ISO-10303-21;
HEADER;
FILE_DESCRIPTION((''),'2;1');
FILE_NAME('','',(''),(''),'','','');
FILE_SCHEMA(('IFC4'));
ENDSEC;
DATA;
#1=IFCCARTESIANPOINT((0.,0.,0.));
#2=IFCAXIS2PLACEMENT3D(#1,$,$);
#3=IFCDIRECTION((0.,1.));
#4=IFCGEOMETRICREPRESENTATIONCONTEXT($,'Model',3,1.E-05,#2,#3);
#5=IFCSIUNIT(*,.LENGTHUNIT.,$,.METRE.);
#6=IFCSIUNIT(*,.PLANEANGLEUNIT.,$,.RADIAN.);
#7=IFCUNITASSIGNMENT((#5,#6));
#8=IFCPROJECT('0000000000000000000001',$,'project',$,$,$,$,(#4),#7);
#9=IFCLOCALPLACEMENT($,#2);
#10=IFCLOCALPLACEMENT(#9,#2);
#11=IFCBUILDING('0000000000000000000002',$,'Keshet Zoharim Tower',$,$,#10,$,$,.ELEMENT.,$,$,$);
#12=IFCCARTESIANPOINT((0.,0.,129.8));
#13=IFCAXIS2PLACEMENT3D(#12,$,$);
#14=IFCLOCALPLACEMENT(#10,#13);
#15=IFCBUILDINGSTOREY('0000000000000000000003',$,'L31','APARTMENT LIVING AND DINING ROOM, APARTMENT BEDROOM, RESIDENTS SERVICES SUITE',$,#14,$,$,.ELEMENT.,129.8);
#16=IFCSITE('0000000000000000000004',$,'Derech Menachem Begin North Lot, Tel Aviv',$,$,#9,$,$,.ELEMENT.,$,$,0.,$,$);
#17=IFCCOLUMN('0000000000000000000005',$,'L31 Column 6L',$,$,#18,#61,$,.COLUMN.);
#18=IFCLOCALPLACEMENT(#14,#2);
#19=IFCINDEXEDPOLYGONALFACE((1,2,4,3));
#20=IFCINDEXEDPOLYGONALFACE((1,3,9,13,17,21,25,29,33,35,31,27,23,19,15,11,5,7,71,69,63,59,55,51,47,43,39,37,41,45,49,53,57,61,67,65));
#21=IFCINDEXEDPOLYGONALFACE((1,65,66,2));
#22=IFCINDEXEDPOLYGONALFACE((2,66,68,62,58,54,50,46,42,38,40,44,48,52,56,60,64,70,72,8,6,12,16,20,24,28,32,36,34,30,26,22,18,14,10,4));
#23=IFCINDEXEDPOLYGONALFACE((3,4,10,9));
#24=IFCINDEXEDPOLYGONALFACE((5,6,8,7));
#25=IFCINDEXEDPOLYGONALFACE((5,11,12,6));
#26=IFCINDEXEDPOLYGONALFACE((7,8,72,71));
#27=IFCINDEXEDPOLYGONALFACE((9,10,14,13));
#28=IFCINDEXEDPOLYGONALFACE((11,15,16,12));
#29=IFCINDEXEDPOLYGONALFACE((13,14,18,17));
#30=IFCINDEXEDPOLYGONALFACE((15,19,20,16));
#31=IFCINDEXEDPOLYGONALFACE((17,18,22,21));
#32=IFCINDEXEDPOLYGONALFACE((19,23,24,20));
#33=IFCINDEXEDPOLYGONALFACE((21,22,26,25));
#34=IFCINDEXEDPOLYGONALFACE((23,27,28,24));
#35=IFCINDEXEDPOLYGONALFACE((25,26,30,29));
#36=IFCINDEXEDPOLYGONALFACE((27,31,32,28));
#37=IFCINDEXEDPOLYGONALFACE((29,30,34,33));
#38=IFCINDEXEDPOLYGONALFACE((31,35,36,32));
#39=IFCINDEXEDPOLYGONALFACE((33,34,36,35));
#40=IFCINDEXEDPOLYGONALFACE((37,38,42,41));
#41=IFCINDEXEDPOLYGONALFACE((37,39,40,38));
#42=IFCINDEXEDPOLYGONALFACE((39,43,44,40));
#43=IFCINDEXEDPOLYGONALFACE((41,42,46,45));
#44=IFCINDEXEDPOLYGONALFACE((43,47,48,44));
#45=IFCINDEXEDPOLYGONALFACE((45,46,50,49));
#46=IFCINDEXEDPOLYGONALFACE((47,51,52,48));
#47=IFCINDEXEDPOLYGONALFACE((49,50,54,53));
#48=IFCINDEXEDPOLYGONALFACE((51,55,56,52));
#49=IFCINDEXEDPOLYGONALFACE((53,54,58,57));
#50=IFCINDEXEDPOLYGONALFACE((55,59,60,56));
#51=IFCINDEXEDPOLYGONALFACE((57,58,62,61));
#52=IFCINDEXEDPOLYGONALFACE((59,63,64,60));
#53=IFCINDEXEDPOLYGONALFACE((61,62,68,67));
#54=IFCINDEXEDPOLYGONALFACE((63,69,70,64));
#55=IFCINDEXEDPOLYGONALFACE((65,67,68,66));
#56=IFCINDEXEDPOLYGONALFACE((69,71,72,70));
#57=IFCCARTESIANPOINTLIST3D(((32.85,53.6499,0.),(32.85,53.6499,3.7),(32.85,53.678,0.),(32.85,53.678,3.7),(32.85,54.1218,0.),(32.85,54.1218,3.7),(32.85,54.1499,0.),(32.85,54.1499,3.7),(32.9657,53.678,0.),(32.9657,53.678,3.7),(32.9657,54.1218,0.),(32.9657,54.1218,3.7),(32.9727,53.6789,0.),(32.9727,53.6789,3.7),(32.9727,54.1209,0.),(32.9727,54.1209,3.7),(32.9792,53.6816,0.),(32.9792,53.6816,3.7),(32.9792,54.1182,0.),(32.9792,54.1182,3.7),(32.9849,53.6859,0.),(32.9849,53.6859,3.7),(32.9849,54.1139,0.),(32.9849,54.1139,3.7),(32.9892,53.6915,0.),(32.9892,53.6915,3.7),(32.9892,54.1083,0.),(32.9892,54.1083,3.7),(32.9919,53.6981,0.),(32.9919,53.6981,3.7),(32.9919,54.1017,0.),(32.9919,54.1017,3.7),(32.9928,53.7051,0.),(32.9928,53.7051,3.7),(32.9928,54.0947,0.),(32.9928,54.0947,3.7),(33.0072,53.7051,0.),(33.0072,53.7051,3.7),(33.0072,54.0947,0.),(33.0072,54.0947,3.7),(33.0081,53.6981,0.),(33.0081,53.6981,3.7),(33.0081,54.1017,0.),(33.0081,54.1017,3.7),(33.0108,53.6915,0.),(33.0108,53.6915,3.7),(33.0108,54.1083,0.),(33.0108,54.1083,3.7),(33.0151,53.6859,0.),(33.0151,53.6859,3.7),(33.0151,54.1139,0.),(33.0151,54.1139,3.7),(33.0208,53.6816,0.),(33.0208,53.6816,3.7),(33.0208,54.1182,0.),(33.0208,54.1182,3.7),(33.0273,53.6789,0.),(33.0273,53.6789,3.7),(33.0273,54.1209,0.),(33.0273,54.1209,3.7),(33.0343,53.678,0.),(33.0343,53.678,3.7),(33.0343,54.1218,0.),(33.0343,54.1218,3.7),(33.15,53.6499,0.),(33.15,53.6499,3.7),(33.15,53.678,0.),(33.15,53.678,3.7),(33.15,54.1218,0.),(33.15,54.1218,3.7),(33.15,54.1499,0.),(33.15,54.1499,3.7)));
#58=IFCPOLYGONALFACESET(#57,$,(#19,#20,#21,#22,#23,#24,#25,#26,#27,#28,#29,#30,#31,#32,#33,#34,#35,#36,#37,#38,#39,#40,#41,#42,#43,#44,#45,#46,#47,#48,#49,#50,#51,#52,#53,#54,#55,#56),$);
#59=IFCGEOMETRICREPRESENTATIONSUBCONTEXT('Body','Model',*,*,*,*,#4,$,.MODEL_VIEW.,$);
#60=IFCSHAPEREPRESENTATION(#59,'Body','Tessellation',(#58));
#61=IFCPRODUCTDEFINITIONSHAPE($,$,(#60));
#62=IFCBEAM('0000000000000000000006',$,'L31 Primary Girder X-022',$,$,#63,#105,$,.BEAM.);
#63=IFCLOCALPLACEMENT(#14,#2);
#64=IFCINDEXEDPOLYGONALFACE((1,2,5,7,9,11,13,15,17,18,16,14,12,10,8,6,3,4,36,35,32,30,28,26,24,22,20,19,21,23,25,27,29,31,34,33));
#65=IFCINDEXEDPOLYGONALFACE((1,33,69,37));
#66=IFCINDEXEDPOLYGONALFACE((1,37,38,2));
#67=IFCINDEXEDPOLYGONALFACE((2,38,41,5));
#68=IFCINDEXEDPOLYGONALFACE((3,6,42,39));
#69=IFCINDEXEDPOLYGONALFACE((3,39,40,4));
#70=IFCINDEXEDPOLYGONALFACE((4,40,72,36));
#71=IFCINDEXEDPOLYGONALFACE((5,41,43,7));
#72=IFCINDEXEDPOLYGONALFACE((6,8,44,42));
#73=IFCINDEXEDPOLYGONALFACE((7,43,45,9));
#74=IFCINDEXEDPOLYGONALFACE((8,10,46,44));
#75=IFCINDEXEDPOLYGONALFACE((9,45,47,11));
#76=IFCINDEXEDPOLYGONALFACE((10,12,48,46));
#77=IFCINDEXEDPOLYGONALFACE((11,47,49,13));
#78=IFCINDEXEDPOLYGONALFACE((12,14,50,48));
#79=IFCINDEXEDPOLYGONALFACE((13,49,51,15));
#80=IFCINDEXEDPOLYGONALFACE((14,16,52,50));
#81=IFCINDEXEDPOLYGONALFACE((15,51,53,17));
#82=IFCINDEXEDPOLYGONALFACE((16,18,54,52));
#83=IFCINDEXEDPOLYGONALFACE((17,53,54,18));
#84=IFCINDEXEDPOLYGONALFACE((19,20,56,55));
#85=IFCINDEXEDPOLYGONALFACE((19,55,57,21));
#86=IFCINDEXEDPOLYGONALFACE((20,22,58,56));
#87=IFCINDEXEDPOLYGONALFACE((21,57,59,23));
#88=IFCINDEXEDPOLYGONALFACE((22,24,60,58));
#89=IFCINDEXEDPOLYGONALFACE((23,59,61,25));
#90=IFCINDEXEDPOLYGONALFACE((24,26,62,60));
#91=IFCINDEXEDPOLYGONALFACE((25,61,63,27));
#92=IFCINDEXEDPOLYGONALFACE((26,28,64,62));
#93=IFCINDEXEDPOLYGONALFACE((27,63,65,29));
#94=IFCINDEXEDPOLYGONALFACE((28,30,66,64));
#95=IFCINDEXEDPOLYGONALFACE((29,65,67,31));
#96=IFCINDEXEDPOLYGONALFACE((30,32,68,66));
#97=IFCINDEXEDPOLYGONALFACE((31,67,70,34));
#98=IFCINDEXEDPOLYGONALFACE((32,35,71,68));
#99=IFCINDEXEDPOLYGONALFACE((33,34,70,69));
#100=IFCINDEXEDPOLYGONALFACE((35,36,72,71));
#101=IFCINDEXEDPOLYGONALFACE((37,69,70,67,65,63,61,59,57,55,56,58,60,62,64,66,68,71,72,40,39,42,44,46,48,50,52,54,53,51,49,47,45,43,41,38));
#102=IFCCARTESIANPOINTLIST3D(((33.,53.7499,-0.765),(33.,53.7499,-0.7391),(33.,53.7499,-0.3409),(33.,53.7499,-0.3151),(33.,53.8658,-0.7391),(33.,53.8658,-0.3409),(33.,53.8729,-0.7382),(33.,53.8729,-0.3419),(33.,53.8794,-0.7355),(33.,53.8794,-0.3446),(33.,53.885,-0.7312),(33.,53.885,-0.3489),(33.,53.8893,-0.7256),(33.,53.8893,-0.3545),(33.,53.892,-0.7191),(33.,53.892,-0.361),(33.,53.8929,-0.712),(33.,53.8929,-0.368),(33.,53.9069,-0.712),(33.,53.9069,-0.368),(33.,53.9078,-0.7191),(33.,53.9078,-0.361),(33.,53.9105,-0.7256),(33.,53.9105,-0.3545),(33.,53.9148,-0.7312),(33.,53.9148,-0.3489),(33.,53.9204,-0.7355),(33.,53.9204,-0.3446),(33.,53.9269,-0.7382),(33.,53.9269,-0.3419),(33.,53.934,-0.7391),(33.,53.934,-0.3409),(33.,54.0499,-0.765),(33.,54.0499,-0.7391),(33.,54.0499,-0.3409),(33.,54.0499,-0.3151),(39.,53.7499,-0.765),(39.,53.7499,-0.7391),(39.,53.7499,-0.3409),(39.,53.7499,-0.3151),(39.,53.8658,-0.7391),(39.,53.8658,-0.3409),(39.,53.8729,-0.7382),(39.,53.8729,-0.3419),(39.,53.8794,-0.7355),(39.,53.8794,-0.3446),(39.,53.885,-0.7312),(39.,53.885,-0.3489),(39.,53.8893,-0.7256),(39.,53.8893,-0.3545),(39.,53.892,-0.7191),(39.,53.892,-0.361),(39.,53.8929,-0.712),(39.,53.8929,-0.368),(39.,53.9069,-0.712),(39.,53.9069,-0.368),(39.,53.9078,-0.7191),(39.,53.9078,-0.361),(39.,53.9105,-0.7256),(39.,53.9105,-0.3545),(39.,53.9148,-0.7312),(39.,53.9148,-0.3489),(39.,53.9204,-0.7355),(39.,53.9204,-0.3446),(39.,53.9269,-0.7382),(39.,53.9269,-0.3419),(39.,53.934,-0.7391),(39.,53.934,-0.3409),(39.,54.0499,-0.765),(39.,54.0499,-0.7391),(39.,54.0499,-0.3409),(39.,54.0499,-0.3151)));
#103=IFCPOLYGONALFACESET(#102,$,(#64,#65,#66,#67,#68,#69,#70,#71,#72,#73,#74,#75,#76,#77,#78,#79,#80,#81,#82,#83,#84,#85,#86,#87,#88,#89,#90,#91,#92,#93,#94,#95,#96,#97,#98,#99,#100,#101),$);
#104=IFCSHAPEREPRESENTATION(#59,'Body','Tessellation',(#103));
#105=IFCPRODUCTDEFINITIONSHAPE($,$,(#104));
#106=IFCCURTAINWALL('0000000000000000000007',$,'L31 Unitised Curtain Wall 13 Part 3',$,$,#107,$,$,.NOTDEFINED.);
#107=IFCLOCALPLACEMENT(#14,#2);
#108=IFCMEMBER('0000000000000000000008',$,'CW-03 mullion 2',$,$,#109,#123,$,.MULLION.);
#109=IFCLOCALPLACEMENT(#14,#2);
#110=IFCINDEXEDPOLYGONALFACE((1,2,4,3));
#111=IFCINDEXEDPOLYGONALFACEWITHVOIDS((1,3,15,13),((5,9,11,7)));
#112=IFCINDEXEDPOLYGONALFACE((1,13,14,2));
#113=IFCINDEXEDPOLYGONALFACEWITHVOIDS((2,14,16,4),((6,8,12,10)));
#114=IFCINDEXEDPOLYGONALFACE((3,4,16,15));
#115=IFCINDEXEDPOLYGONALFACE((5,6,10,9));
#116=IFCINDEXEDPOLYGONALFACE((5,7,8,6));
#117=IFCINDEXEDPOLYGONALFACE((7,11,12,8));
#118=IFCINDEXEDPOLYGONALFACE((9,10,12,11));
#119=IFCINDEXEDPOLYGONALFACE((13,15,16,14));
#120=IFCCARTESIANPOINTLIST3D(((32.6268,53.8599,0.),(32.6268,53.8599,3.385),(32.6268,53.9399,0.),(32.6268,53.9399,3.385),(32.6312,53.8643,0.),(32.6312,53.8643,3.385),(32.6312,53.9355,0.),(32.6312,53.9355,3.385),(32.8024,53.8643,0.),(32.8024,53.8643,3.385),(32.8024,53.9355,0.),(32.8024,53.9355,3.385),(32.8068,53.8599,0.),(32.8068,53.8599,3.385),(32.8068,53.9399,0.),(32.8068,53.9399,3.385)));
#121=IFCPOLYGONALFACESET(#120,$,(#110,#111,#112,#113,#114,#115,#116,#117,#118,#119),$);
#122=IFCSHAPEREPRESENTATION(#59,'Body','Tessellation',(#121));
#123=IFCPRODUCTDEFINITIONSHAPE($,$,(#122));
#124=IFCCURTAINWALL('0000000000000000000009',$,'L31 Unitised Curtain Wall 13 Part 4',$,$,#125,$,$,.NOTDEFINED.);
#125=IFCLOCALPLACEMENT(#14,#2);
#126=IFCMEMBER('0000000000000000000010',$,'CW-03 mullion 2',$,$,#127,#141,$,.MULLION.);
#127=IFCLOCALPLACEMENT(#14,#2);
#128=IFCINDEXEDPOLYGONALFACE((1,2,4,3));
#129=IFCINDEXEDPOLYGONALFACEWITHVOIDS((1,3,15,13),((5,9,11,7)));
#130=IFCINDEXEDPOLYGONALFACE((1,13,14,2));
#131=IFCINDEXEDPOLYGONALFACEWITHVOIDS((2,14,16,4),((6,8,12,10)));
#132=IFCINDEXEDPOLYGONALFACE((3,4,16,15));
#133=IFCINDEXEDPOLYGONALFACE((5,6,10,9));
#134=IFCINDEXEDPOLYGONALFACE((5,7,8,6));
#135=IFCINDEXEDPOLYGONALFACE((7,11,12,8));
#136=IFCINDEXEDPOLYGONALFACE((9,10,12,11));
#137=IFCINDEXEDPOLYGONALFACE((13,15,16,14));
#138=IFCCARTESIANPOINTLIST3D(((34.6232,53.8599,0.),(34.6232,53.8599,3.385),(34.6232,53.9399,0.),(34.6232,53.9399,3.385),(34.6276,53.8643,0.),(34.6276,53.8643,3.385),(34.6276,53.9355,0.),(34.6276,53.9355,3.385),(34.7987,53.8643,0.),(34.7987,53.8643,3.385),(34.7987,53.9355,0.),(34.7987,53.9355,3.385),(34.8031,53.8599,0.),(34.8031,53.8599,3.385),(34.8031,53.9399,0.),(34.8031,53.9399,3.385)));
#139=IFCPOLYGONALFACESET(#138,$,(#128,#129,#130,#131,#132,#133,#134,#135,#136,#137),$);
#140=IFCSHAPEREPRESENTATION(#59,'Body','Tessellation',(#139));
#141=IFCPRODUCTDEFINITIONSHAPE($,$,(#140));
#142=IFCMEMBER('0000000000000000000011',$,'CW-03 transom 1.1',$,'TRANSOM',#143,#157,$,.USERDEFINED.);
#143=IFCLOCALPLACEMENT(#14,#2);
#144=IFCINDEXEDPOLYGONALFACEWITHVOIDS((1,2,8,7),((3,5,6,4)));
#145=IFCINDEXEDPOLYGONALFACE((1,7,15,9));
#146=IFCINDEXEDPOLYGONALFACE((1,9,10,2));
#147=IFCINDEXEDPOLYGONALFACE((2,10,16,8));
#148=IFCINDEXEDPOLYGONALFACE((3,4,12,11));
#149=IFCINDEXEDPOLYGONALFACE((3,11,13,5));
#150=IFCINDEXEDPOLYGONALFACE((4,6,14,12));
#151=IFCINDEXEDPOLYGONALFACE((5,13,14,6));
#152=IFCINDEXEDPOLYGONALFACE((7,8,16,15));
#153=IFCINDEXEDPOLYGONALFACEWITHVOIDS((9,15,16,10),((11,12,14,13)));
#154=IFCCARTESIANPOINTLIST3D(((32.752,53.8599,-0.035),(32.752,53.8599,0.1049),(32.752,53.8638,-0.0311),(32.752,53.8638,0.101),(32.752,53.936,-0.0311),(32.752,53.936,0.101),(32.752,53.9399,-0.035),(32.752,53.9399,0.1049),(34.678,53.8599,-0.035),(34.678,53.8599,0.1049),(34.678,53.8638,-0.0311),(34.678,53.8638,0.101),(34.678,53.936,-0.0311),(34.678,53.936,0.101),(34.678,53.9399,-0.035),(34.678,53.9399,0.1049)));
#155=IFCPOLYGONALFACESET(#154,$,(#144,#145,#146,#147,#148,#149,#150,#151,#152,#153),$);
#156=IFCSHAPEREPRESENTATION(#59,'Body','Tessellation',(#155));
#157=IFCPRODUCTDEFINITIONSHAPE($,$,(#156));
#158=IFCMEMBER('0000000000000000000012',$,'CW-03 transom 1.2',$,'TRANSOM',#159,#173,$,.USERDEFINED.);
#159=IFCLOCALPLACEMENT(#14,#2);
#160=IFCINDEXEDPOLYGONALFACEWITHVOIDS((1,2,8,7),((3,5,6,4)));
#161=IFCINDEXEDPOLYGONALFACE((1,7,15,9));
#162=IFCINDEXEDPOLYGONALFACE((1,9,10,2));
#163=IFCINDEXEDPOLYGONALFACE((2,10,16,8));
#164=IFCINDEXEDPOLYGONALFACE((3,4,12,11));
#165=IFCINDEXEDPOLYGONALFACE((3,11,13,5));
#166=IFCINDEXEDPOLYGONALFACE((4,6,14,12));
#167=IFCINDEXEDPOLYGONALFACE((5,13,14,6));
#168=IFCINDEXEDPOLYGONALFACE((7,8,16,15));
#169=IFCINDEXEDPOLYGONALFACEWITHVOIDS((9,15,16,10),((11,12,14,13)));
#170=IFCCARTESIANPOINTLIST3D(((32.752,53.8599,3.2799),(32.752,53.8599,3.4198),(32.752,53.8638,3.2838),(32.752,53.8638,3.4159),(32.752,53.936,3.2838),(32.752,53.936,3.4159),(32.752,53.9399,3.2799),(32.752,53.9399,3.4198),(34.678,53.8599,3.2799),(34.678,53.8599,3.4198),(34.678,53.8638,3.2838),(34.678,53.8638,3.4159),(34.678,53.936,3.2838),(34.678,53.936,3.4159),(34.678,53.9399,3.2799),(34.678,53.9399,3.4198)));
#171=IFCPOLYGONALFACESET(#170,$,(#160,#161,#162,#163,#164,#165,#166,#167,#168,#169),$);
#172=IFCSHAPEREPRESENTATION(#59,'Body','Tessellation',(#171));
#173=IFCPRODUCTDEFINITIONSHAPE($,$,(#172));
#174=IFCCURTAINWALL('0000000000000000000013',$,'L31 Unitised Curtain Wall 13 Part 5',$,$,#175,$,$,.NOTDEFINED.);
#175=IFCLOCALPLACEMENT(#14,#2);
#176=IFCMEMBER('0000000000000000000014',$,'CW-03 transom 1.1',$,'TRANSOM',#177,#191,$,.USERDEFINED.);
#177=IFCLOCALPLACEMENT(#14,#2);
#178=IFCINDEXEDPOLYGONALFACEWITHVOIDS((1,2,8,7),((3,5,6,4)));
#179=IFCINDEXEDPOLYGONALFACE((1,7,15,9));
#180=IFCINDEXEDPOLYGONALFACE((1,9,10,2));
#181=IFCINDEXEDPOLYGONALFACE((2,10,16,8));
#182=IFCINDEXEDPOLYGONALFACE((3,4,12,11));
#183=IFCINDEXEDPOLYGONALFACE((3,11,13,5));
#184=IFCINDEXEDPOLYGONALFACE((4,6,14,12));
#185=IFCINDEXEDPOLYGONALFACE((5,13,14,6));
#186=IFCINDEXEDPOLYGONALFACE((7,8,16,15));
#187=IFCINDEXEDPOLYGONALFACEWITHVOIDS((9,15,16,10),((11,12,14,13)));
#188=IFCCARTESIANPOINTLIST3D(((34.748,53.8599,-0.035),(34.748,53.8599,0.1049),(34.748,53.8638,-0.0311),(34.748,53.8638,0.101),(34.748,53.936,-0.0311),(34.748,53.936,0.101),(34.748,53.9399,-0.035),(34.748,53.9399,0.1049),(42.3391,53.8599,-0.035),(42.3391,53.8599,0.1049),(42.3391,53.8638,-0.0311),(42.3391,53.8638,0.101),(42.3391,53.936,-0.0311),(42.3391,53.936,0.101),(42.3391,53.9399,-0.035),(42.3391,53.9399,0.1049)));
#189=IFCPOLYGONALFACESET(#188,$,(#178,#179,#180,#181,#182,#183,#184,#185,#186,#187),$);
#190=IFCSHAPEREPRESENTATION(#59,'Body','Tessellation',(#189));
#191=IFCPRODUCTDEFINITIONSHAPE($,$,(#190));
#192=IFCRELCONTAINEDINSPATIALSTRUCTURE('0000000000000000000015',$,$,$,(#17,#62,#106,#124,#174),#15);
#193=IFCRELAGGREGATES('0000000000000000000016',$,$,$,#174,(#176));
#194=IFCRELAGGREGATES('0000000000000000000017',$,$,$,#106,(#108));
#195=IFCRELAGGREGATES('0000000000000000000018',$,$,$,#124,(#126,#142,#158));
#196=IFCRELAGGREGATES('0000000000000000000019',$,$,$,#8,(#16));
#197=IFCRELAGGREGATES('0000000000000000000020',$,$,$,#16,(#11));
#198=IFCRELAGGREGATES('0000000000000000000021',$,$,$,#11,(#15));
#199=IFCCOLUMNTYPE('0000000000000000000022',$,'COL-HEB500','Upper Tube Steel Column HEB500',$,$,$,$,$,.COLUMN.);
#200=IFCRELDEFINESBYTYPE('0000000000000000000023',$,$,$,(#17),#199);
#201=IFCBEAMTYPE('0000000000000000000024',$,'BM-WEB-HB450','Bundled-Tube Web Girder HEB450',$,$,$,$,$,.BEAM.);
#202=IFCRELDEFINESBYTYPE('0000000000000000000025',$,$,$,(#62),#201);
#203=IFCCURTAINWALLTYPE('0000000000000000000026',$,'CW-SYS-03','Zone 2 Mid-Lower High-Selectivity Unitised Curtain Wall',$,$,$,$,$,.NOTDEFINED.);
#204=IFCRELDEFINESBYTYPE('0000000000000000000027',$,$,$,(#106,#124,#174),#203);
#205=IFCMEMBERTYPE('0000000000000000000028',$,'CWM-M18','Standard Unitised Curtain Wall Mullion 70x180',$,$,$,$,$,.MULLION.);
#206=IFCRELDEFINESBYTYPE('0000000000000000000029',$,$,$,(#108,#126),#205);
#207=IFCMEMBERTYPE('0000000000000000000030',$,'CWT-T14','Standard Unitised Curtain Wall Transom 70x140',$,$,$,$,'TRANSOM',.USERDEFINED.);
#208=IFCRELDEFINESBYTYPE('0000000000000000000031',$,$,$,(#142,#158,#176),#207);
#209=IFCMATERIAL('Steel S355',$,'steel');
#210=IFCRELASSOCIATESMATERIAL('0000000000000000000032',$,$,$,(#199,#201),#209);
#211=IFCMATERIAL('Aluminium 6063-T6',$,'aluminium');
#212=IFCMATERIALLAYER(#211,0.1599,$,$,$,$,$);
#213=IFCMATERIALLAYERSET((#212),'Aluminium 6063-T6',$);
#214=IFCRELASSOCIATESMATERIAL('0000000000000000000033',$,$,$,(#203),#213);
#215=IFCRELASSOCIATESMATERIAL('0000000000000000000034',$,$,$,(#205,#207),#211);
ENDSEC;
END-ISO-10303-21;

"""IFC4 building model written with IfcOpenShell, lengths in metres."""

from ifc_helpers import new_model, si_unit, direction, frame, origin, origin_2d, place, context, subcontext, project, spatial, hollow_rectangle, i_section, extrude, material, layer, layer_set, material_profile, profile_set, type_object, element, aggregate, save


model = new_model("IFC4")

# Units and contexts
model_context = context("Model", 3, precision=1e-05, world=origin(), true_north=direction((0.0, 1.0)))
body_context = subcontext(model_context, "Body", "Model", "MODEL_VIEW")
ifc_project = project(units=[si_unit("LENGTHUNIT", "METRE"), si_unit("PLANEANGLEUNIT", "RADIAN")], contexts=[model_context])

# Site, building, storey
site_placement = place(None, origin())
site = spatial("IfcSite", under=ifc_project, at=site_placement, Name="Derech Menachem Begin North Lot, Tel Aviv", CompositionType="ELEMENT", RefElevation=0.0)
building_placement = place(site_placement, origin())
building = spatial("IfcBuilding", under=site, at=building_placement, Name="Keshet Zoharim Tower", CompositionType="ELEMENT")
storey_placement = place(building_placement, frame((0.0, 0.0, 129.8)))
storey = spatial("IfcBuildingStorey", under=building, at=storey_placement, Name="L31", Description="APARTMENT LIVING AND DINING ROOM, APARTMENT BEDROOM, RESIDENTS SERVICES SUITE", CompositionType="ELEMENT", Elevation=129.8)

# Column
ifc_material_1 = material(Name="Steel S355", Category="steel")
ifc_material_profile_1 = material_profile(ifc_material_1, i_section(OverallWidth=0.3, OverallDepth=0.5, WebThickness=0.0144, FlangeThickness=0.0281, FilletRadius=0.0271, at=origin_2d()), Name="HEB500")
ifc_profile_set_1 = profile_set([ifc_material_profile_1], Name="Steel S355")
column_type = type_object("IfcColumnType", Name="COL-HEB500", Description="Upper Tube Steel Column HEB500", PredefinedType="COLUMN", material=ifc_profile_set_1)
column_placement = place(storey_placement, frame((33.0, 53.8999, 0.0), z_axis=(0.0, 0.0, 1.0), x_axis=(1.0, 0.0, 0.0)))
element("IfcColumn", 1, at=column_placement, inside=storey, type_object=column_type, Name="L31 Column 6L", PredefinedType="COLUMN", context=body_context, shape_type="SweptSolid", body=[
    extrude(i_section(OverallWidth=0.3, OverallDepth=0.5, WebThickness=0.0144, FlangeThickness=0.0281, FilletRadius=0.0271, at=origin_2d()), origin(), (0.0, 0.0, 1.0), 3.7),
])

# Beam
ifc_material_profile_2 = material_profile(ifc_material_1, i_section(OverallWidth=0.3, OverallDepth=0.45, WebThickness=0.0139, FlangeThickness=0.0259, FilletRadius=0.0271, at=origin_2d()), Name="HEB450")
ifc_profile_set_2 = profile_set([ifc_material_profile_2], Name="Steel S355")
beam_type = type_object("IfcBeamType", Name="BM-WEB-HB450", Description="Bundled-Tube Web Girder HEB450", PredefinedType="BEAM", material=ifc_profile_set_2)
beam_placement = place(storey_placement, frame((33.0, 53.8999, -0.54), z_axis=(1.0, 0.0, 0.0), x_axis=(0.0, 1.0, 0.0)))
element("IfcBeam", 2, at=beam_placement, inside=storey, type_object=beam_type, Name="L31 Primary Girder X-022", PredefinedType="BEAM", context=body_context, shape_type="SweptSolid", body=[
    extrude(i_section(OverallWidth=0.3, OverallDepth=0.45, WebThickness=0.0139, FlangeThickness=0.0259, FilletRadius=0.0271, at=origin_2d()), origin(), (0.0, 0.0, 1.0), 6.0),
])

# Curtain wall, member
ifc_material_2 = material(Name="Aluminium 6063-T6", Category="aluminium")
ifc_layer_1 = layer(ifc_material_2, 0.1599)
ifc_layer_set_1 = layer_set([ifc_layer_1], Name="Aluminium 6063-T6")
curtain_wall_type = type_object("IfcCurtainWallType", Name="CW-SYS-03", Description="Zone 2 Mid-Lower High-Selectivity Unitised Curtain Wall", PredefinedType="NOTDEFINED", material=ifc_layer_set_1)
curtain_wall_1_placement = place(storey_placement, origin())
curtain_wall_1 = element("IfcCurtainWall", 3, at=curtain_wall_1_placement, inside=storey, type_object=curtain_wall_type, Name="L31 Unitised Curtain Wall 13 Part 3", PredefinedType="NOTDEFINED")
ifc_material_profile_3 = material_profile(ifc_material_2, hollow_rectangle(XDim=0.0801, YDim=0.1799, WallThickness=0.0044, at=origin_2d()), Name="MUL-80x180")
ifc_profile_set_3 = profile_set([ifc_material_profile_3], Name="Aluminium 6063-T6")
member_type_1 = type_object("IfcMemberType", Name="CWM-M18", Description="Standard Unitised Curtain Wall Mullion 70x180", PredefinedType="MULLION", material=ifc_profile_set_3)
member_1_placement = place(storey_placement, frame((32.7168, 53.8999, 0.0), z_axis=(0.0, 0.0, 1.0), x_axis=(0.0, 1.0, 0.0)))
member_1 = element("IfcMember", 4, at=member_1_placement, type_object=member_type_1, Name="CW-03 mullion 2", PredefinedType="MULLION", context=body_context, shape_type="SweptSolid", body=[
    extrude(hollow_rectangle(XDim=0.0801, YDim=0.1799, WallThickness=0.0044, at=origin_2d()), origin(), (0.0, 0.0, 1.0), 3.385),
])

# Curtain wall, members
curtain_wall_2_placement = place(storey_placement, origin())
curtain_wall_2 = element("IfcCurtainWall", 5, at=curtain_wall_2_placement, inside=storey, type_object=curtain_wall_type, Name="L31 Unitised Curtain Wall 13 Part 4", PredefinedType="NOTDEFINED")
member_2_placement = place(storey_placement, frame((34.7131, 53.8999, 0.0), z_axis=(0.0, 0.0, 1.0), x_axis=(0.0, 1.0, 0.0)))
member_2 = element("IfcMember", 6, at=member_2_placement, type_object=member_type_1, Name="CW-03 mullion 2", PredefinedType="MULLION", context=body_context, shape_type="SweptSolid", body=[
    extrude(hollow_rectangle(XDim=0.0801, YDim=0.1799, WallThickness=0.0044, at=origin_2d()), origin(), (0.0, 0.0, 1.0), 3.385),
])
ifc_material_profile_4 = material_profile(ifc_material_2, hollow_rectangle(XDim=0.0801, YDim=0.1399, WallThickness=0.0039, at=origin_2d()), Name="TRN-80x140")
ifc_profile_set_4 = profile_set([ifc_material_profile_4], Name="Aluminium 6063-T6")
member_type_2 = type_object("IfcMemberType", Name="CWT-T14", Description="Standard Unitised Curtain Wall Transom 70x140", ElementType="TRANSOM", PredefinedType="USERDEFINED", material=ifc_profile_set_4)
member_3_placement = place(storey_placement, frame((32.752, 53.8999, 0.0349), z_axis=(1.0, 0.0, 0.0), x_axis=(0.0, 1.0, 0.0)))
member_3 = element("IfcMember", 7, at=member_3_placement, type_object=member_type_2, Name="CW-03 transom 1.1", ObjectType="TRANSOM", PredefinedType="USERDEFINED", context=body_context, shape_type="SweptSolid", body=[
    extrude(hollow_rectangle(XDim=0.0801, YDim=0.1399, WallThickness=0.0039, at=origin_2d()), origin(), (0.0, 0.0, 1.0), 1.926),
])
member_4_placement = place(storey_placement, frame((32.752, 53.8999, 3.3499), z_axis=(1.0, 0.0, 0.0), x_axis=(0.0, 1.0, 0.0)))
member_4 = element("IfcMember", 8, at=member_4_placement, type_object=member_type_2, Name="CW-03 transom 1.2", ObjectType="TRANSOM", PredefinedType="USERDEFINED", context=body_context, shape_type="SweptSolid", body=[
    extrude(hollow_rectangle(XDim=0.0801, YDim=0.1399, WallThickness=0.0039, at=origin_2d()), origin(), (0.0, 0.0, 1.0), 1.926),
])

# Curtain wall, member
curtain_wall_3_placement = place(storey_placement, origin())
curtain_wall_3 = element("IfcCurtainWall", 9, at=curtain_wall_3_placement, inside=storey, type_object=curtain_wall_type, Name="L31 Unitised Curtain Wall 13 Part 5", PredefinedType="NOTDEFINED")
member_5_placement = place(storey_placement, frame((34.748, 53.8999, 0.0349), z_axis=(1.0, 0.0, 0.0), x_axis=(0.0, 1.0, 0.0)))
member_5 = element("IfcMember", 10, at=member_5_placement, type_object=member_type_2, Name="CW-03 transom 1.1", ObjectType="TRANSOM", PredefinedType="USERDEFINED", context=body_context, shape_type="SweptSolid", body=[
    extrude(hollow_rectangle(XDim=0.0801, YDim=0.1399, WallThickness=0.0039, at=origin_2d()), origin(), (0.0, 0.0, 1.0), 7.5911),
])
aggregate(curtain_wall_3, [member_5])

aggregate(curtain_wall_1, [member_1])
aggregate(curtain_wall_2, [member_2, member_3, member_4])

save(model, "model.ifc")
